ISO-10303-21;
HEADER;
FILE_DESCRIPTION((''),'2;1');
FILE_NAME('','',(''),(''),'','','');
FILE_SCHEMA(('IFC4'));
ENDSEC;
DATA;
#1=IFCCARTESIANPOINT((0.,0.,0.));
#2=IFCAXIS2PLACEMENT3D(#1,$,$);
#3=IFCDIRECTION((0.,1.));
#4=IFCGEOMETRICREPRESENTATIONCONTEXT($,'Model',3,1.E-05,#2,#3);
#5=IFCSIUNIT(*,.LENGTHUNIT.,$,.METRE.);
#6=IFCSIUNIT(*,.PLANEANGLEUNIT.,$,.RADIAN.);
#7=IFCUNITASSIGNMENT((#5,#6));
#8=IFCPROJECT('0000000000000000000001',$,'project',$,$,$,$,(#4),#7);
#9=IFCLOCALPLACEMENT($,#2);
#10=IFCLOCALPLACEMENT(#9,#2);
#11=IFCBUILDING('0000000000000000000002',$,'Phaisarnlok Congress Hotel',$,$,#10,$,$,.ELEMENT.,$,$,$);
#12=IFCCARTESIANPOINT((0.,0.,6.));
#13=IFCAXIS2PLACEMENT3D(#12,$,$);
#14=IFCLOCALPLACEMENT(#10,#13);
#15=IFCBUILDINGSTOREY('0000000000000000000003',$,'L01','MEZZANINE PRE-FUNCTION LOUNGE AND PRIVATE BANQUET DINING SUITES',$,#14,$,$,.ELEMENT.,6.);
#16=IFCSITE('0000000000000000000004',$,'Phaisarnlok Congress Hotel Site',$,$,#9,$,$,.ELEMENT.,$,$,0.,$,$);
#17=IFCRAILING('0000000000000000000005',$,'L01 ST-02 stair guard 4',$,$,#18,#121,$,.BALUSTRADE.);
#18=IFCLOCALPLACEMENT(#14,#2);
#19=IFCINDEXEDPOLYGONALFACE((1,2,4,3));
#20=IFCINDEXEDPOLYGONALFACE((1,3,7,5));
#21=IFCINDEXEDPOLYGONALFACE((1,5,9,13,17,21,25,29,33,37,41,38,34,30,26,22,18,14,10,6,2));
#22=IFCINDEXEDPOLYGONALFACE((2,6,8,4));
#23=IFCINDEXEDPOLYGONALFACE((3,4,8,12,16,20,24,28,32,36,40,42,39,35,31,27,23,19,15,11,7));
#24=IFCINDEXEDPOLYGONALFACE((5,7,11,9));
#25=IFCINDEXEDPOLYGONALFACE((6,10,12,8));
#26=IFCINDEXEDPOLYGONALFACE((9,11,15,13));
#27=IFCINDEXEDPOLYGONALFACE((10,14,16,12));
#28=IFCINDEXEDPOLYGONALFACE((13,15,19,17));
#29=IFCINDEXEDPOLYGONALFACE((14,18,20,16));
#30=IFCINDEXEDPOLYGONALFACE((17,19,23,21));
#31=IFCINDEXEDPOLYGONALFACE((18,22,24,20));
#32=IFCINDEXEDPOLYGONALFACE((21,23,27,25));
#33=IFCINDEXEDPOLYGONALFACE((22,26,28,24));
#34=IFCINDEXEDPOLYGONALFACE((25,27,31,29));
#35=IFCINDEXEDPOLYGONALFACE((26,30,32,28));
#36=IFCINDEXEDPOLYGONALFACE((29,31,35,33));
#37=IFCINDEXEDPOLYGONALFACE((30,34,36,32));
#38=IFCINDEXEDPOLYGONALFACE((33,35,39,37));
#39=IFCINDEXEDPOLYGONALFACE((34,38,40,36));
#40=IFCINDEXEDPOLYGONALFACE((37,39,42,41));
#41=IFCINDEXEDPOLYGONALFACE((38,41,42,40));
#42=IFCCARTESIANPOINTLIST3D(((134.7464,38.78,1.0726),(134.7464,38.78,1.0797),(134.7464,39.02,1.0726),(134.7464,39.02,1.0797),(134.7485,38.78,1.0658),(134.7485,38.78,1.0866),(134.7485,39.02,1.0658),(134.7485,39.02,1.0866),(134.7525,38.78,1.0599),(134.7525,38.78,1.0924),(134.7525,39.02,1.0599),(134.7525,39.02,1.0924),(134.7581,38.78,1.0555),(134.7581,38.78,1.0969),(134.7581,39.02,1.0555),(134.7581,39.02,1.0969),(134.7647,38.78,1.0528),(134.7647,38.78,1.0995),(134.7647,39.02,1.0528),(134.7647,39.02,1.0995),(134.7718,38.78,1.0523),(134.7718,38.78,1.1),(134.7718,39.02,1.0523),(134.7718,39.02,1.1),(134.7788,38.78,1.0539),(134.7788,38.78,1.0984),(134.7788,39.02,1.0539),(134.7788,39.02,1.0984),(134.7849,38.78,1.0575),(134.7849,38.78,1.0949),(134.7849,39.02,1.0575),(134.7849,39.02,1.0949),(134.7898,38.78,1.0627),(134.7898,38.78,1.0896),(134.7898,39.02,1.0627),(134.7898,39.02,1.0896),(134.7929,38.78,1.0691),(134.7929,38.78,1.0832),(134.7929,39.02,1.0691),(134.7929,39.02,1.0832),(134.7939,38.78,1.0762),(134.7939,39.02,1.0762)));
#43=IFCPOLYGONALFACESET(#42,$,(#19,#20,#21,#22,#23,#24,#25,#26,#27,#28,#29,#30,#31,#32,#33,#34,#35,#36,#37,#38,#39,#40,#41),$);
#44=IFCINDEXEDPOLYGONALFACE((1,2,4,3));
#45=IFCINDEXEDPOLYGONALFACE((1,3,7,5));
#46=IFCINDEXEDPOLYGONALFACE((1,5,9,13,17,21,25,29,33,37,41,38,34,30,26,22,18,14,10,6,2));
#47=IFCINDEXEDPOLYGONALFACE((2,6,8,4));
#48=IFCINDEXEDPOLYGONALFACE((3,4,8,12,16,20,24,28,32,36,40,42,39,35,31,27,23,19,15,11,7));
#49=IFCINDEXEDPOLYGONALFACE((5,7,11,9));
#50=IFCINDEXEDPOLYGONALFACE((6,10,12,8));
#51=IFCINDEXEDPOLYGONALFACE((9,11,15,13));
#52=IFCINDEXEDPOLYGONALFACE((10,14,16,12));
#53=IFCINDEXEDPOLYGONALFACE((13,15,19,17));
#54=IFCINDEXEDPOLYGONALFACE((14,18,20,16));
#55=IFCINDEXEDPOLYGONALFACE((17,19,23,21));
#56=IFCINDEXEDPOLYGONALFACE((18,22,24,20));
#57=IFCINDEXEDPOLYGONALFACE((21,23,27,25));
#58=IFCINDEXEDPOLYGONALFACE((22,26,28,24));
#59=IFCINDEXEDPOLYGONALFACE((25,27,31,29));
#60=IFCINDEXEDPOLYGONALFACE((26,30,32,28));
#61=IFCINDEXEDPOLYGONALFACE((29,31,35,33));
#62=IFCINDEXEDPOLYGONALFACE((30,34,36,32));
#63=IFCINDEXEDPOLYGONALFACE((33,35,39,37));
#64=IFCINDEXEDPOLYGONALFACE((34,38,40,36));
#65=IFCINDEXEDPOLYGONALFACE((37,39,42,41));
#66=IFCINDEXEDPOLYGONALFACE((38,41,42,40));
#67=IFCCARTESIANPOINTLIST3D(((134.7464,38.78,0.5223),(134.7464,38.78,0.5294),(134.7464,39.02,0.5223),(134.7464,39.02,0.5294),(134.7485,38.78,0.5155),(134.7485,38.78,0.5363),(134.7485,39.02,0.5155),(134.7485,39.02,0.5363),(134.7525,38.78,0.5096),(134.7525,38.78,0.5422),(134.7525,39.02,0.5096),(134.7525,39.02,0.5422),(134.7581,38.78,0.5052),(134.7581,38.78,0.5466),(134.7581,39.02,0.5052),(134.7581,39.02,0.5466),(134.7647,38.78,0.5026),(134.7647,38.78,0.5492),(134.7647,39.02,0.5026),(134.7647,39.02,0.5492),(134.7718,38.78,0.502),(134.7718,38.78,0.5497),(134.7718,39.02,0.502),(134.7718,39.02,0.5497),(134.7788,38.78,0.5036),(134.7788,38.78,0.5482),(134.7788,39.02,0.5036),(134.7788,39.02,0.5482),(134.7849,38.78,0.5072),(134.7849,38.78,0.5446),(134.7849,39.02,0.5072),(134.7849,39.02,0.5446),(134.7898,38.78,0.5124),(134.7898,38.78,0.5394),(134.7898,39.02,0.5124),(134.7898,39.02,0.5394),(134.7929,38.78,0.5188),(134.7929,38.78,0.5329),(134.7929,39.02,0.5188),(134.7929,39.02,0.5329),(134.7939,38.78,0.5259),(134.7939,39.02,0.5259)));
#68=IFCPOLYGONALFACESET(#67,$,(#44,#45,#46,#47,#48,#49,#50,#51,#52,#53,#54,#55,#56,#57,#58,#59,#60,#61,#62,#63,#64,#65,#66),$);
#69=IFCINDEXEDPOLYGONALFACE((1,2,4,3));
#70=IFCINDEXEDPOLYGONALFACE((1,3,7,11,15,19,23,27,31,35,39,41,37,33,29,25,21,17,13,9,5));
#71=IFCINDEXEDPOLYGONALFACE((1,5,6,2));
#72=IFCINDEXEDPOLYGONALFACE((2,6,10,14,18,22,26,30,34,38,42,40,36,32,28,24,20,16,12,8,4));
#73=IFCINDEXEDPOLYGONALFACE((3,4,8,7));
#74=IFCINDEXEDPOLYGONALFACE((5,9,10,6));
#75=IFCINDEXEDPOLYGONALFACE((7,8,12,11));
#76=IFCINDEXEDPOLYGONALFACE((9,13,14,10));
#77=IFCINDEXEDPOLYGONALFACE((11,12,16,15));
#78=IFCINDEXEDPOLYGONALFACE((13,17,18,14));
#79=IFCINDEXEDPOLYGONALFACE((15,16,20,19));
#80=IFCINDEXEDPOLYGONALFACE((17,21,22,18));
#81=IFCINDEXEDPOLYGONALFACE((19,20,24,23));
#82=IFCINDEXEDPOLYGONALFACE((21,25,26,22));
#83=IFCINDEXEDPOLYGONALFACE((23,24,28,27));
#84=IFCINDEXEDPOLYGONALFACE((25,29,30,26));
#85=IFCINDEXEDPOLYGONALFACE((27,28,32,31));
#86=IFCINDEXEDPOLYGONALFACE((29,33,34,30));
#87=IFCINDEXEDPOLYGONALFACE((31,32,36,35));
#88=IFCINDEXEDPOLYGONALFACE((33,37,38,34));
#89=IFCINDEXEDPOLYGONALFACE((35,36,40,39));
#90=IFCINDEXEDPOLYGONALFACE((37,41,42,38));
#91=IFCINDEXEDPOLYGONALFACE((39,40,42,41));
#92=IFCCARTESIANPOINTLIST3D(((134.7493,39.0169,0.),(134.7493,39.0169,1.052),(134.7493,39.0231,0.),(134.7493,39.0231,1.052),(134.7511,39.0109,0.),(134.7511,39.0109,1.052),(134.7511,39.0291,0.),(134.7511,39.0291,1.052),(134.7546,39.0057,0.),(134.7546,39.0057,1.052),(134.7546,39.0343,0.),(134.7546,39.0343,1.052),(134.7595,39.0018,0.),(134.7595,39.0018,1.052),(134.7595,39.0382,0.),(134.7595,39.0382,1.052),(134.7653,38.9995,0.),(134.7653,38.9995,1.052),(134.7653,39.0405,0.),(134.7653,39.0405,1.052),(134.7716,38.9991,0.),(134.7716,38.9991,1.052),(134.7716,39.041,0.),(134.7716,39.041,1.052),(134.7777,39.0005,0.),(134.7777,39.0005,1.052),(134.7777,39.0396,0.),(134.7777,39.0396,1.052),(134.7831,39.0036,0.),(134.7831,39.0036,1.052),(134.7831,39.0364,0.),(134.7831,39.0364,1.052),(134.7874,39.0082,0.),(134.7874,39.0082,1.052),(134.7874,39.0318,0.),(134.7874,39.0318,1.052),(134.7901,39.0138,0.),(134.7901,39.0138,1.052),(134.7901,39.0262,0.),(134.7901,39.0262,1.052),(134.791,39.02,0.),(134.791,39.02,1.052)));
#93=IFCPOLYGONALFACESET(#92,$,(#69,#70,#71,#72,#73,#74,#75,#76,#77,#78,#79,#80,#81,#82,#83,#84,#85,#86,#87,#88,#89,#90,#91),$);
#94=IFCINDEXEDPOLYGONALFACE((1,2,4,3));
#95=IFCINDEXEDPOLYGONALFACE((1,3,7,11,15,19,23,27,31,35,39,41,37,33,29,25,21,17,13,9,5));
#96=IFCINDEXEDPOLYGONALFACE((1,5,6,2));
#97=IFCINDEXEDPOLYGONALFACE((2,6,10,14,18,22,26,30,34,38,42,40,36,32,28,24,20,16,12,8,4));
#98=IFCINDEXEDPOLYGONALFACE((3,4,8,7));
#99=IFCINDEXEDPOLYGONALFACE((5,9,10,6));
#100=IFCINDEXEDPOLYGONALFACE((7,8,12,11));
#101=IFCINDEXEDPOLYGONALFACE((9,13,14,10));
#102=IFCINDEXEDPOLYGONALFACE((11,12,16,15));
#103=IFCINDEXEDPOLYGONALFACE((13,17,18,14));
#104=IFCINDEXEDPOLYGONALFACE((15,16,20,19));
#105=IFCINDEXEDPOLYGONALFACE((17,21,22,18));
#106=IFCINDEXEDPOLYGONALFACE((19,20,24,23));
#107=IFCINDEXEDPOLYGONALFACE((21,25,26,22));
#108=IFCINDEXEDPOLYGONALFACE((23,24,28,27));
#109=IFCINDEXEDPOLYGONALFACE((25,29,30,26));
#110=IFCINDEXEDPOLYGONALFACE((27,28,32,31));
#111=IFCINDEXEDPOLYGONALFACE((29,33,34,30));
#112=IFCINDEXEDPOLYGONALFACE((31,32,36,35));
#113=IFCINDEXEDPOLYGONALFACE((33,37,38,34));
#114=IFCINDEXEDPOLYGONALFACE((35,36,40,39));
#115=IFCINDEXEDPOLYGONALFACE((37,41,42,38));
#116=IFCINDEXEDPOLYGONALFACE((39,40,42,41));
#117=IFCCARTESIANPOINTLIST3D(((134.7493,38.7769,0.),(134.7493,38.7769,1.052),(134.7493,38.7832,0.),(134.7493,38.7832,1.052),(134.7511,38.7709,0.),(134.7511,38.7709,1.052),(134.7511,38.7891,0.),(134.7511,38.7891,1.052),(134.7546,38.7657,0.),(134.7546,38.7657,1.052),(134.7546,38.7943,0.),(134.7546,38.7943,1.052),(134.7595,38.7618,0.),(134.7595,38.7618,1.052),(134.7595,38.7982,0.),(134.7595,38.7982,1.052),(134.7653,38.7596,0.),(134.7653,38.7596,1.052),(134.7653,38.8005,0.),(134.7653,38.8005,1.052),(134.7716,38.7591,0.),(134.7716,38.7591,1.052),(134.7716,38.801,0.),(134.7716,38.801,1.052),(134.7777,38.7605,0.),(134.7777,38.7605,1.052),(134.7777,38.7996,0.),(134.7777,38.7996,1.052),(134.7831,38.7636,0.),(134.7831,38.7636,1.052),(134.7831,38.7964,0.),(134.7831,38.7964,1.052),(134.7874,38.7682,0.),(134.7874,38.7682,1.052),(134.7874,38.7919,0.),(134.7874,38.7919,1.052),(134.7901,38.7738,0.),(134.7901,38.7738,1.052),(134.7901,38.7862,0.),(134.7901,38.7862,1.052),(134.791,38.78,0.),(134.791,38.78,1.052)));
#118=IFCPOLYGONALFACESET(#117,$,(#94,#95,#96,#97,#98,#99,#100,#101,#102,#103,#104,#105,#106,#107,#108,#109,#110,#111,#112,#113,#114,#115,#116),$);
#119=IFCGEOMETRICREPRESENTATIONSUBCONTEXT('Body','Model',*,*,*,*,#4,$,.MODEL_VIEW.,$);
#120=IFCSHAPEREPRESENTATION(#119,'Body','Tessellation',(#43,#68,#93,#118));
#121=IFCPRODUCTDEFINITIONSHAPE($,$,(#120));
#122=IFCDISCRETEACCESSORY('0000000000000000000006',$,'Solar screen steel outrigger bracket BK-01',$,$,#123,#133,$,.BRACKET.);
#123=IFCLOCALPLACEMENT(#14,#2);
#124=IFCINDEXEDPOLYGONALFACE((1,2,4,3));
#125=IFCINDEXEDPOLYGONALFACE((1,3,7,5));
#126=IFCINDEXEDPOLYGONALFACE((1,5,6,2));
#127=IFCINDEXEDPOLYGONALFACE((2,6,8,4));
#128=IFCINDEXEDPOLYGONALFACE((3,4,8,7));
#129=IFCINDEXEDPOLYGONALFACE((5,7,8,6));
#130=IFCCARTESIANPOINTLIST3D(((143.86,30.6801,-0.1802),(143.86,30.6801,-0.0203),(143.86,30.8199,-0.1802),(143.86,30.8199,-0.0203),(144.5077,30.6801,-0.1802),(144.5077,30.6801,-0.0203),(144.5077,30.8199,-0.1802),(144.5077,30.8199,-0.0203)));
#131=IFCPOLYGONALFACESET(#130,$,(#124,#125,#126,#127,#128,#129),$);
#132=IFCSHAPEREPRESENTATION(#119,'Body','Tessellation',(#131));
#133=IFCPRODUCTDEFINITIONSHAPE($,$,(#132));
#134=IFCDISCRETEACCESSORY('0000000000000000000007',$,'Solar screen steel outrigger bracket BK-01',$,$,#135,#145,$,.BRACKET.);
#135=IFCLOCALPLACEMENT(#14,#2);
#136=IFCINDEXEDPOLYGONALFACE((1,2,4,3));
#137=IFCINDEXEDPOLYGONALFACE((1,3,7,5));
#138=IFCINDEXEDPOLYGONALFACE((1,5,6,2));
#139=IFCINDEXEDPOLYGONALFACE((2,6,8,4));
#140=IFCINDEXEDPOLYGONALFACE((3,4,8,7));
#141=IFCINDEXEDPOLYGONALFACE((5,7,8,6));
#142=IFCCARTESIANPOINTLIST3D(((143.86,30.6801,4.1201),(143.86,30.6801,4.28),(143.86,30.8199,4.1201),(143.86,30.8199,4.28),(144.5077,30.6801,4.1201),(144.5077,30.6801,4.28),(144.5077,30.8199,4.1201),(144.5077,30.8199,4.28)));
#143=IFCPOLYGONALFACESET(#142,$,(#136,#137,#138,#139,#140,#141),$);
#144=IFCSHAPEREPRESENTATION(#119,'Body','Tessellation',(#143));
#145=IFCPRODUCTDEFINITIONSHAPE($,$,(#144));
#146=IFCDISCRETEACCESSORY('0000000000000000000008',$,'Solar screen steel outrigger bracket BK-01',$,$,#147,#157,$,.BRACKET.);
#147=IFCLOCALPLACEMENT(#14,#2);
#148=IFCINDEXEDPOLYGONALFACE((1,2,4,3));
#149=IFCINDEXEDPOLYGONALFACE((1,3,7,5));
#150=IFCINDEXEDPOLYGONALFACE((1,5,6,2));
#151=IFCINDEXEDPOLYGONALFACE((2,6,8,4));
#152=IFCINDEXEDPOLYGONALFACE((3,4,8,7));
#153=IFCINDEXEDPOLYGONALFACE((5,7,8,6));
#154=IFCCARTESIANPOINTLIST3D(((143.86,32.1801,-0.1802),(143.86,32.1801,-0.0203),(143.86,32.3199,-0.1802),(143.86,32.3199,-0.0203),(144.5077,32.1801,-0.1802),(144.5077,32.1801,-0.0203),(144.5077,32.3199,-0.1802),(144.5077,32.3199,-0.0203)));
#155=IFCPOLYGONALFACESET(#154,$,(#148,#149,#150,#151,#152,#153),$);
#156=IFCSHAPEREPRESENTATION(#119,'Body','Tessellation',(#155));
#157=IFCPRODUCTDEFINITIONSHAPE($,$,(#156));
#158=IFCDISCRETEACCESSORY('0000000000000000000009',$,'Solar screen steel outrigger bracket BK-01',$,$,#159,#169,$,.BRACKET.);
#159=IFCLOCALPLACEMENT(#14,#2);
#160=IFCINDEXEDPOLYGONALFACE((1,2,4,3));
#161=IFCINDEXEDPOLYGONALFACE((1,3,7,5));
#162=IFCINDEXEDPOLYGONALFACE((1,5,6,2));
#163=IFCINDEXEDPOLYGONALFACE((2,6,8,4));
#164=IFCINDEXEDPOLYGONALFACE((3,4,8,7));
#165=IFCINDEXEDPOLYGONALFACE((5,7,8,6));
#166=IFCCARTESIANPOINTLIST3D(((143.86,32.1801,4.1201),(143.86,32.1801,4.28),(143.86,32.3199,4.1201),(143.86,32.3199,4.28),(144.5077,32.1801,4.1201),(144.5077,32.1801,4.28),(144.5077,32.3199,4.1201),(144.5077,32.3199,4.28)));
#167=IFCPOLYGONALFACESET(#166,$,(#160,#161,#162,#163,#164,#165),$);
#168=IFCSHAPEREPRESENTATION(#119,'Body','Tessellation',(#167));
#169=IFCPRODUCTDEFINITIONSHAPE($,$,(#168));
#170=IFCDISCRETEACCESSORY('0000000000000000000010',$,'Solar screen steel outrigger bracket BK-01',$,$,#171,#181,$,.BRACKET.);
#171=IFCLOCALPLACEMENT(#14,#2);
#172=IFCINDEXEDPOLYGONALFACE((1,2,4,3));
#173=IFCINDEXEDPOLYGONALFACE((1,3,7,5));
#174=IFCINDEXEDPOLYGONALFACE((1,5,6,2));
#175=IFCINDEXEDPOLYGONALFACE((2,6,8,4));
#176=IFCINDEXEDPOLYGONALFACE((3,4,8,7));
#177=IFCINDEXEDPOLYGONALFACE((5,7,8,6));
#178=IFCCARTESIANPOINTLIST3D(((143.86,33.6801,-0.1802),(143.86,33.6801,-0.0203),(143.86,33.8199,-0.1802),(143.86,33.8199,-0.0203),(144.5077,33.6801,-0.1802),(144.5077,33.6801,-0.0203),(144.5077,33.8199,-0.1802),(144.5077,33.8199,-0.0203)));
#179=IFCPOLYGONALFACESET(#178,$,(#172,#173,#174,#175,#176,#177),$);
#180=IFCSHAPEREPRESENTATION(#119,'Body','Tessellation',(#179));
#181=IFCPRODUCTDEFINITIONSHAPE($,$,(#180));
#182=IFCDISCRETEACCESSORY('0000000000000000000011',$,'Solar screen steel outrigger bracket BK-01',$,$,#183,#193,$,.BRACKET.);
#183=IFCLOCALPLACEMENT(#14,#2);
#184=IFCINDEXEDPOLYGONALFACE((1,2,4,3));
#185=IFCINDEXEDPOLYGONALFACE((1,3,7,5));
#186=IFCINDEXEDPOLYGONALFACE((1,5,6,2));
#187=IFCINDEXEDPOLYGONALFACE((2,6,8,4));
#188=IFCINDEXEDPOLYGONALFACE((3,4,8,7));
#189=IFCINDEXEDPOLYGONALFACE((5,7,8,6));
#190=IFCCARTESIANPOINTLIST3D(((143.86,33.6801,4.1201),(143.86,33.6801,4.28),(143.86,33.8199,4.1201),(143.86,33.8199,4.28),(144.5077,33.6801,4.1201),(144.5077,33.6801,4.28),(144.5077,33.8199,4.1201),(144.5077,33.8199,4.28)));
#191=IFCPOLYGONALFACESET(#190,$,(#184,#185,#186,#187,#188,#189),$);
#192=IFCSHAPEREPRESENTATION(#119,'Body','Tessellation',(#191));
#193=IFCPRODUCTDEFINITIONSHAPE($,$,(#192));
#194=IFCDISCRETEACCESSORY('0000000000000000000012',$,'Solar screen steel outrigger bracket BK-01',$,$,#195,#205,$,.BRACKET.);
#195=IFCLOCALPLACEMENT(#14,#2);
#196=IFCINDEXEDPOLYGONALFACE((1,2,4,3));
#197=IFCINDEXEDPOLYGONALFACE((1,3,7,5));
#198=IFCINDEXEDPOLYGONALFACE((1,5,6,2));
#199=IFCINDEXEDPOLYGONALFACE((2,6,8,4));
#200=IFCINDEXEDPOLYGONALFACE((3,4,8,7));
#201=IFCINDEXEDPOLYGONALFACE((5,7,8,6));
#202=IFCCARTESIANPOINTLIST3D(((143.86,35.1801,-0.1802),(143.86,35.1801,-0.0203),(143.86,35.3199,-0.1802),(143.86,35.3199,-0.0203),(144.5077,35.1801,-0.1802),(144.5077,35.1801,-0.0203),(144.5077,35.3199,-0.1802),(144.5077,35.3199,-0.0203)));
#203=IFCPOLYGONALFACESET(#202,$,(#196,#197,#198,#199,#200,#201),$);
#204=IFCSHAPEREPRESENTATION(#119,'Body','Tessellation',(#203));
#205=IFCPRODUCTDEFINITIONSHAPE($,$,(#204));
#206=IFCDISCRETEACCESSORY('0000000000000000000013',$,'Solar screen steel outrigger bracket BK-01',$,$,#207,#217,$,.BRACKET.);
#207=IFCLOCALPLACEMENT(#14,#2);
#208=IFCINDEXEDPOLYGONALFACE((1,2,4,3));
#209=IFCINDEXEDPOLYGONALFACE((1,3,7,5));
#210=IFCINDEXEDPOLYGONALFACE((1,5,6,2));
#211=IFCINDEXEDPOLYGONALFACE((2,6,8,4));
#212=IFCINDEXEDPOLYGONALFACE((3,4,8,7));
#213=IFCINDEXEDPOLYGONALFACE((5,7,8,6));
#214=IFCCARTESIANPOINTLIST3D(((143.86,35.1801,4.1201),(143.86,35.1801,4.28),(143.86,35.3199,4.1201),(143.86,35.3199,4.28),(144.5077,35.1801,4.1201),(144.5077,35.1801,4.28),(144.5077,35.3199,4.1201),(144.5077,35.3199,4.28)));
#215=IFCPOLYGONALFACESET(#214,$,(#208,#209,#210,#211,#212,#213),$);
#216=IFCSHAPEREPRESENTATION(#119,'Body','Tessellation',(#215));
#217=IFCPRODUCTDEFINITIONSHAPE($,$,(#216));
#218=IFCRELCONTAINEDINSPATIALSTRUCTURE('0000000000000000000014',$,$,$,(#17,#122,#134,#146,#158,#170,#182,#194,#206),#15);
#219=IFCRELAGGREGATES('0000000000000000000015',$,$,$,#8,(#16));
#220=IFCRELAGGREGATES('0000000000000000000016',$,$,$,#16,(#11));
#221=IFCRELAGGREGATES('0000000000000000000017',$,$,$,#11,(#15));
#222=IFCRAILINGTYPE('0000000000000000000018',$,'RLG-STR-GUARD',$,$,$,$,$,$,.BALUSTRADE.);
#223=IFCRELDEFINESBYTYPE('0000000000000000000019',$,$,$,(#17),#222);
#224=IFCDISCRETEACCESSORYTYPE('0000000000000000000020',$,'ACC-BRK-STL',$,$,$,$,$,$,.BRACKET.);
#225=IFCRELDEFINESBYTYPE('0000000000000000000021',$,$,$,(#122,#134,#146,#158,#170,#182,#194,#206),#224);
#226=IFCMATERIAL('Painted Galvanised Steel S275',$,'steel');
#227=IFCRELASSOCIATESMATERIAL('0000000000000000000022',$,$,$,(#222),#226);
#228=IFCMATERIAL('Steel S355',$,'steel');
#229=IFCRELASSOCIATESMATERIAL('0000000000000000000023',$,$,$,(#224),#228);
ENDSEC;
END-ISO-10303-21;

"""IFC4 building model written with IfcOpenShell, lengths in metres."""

from ifc_helpers import new_model, si_unit, direction, frame, origin, origin_2d, place, context, subcontext, project, spatial, rectangle, circle, extrude, material, type_object, element, save


model = new_model("IFC4")

# Units and contexts
model_context = context("Model", 3, precision=1e-05, world=origin(), true_north=direction((0.0, 1.0)))
body_context = subcontext(model_context, "Body", "Model", "MODEL_VIEW")
ifc_project = project(units=[si_unit("LENGTHUNIT", "METRE"), si_unit("PLANEANGLEUNIT", "RADIAN")], contexts=[model_context])

# Site, building, storey
site_placement = place(None, origin())
site = spatial("IfcSite", under=ifc_project, at=site_placement, Name="Phaisarnlok Congress Hotel Site", CompositionType="ELEMENT", RefElevation=0.0)
building_placement = place(site_placement, origin())
building = spatial("IfcBuilding", under=site, at=building_placement, Name="Phaisarnlok Congress Hotel", CompositionType="ELEMENT")
storey_placement = place(building_placement, frame((0.0, 0.0, 6.0)))
storey = spatial("IfcBuildingStorey", under=building, at=storey_placement, Name="L01", Description="MEZZANINE PRE-FUNCTION LOUNGE AND PRIVATE BANQUET DINING SUITES", CompositionType="ELEMENT", Elevation=6.0)

# Shared definitions
ifc_material_1 = material(Name="Steel S355", Category="steel")

# Railing
ifc_material_2 = material(Name="Painted Galvanised Steel S275", Category="steel")
railing_type = type_object("IfcRailingType", Name="RLG-STR-GUARD", PredefinedType="BALUSTRADE", material=ifc_material_2)
railing_placement = place(storey_placement, frame((134.77, 39.02, 0.0)))
element("IfcRailing", 1, at=railing_placement, inside=storey, type_object=railing_type, Name="L01 ST-02 stair guard 4", PredefinedType="BALUSTRADE", context=body_context, shape_type="SweptSolid", body=[
    extrude(circle(Radius=0.0239, at=origin_2d()), frame((0.0, 0.0, 1.0762), z_axis=(0.0, -1.0, 0.0), x_axis=(1.0, 0.0, 0.0)), (0.0, 0.0, 1.0), 0.24),
    extrude(circle(Radius=0.0239, at=origin_2d()), frame((0.0, 0.0, 0.5259), z_axis=(0.0, -1.0, 0.0), x_axis=(1.0, 0.0, 0.0)), (0.0, 0.0, 1.0), 0.24),
    extrude(circle(Radius=0.021, at=origin_2d()), origin(), (0.0, 0.0, 1.0), 1.052),
    extrude(circle(Radius=0.021, at=origin_2d()), frame((0.0, -0.24, 0.0)), (0.0, 0.0, 1.0), 1.052),
])

# Discrete accessories
discrete_accessory_type = type_object("IfcDiscreteAccessoryType", Name="ACC-BRK-STL", PredefinedType="BRACKET", material=ifc_material_1)
for number, where, z_axis, x_axis, name in (
    (2, (144.1838, 30.75, -0.1802), (0.0, 0.0, 1.0), (1.0, 0.0, 0.0), "Solar screen steel outrigger bracket BK-01"),
    (3, (144.1838, 30.75, 4.1201), (0.0, 0.0, 1.0), (1.0, 0.0, 0.0), "Solar screen steel outrigger bracket BK-01"),
    (4, (144.1838, 32.25, -0.1802), (0.0, 0.0, 1.0), (1.0, 0.0, 0.0), "Solar screen steel outrigger bracket BK-01"),
    (5, (144.1838, 32.25, 4.1201), (0.0, 0.0, 1.0), (1.0, 0.0, 0.0), "Solar screen steel outrigger bracket BK-01"),
    (6, (144.1838, 33.75, -0.1802), (0.0, 0.0, 1.0), (1.0, 0.0, 0.0), "Solar screen steel outrigger bracket BK-01"),
    (7, (144.1838, 33.75, 4.1201), (0.0, 0.0, 1.0), (1.0, 0.0, 0.0), "Solar screen steel outrigger bracket BK-01"),
    (8, (144.1838, 35.25, -0.1802), (0.0, 0.0, 1.0), (1.0, 0.0, 0.0), "Solar screen steel outrigger bracket BK-01"),
    (9, (144.1838, 35.25, 4.1201), (0.0, 0.0, 1.0), (1.0, 0.0, 0.0), "Solar screen steel outrigger bracket BK-01"),
):
    element("IfcDiscreteAccessory", number, at=place(storey_placement, frame(where, z_axis=z_axis, x_axis=x_axis)), inside=storey, type_object=discrete_accessory_type, Name=name, PredefinedType="BRACKET", context=body_context, shape_type="SweptSolid", body=[
        extrude(rectangle(XDim=0.6477, YDim=0.1399, at=origin_2d()), origin(), (0.0, 0.0, 1.0), 0.1599),
    ])

save(model, "model.ifc")
